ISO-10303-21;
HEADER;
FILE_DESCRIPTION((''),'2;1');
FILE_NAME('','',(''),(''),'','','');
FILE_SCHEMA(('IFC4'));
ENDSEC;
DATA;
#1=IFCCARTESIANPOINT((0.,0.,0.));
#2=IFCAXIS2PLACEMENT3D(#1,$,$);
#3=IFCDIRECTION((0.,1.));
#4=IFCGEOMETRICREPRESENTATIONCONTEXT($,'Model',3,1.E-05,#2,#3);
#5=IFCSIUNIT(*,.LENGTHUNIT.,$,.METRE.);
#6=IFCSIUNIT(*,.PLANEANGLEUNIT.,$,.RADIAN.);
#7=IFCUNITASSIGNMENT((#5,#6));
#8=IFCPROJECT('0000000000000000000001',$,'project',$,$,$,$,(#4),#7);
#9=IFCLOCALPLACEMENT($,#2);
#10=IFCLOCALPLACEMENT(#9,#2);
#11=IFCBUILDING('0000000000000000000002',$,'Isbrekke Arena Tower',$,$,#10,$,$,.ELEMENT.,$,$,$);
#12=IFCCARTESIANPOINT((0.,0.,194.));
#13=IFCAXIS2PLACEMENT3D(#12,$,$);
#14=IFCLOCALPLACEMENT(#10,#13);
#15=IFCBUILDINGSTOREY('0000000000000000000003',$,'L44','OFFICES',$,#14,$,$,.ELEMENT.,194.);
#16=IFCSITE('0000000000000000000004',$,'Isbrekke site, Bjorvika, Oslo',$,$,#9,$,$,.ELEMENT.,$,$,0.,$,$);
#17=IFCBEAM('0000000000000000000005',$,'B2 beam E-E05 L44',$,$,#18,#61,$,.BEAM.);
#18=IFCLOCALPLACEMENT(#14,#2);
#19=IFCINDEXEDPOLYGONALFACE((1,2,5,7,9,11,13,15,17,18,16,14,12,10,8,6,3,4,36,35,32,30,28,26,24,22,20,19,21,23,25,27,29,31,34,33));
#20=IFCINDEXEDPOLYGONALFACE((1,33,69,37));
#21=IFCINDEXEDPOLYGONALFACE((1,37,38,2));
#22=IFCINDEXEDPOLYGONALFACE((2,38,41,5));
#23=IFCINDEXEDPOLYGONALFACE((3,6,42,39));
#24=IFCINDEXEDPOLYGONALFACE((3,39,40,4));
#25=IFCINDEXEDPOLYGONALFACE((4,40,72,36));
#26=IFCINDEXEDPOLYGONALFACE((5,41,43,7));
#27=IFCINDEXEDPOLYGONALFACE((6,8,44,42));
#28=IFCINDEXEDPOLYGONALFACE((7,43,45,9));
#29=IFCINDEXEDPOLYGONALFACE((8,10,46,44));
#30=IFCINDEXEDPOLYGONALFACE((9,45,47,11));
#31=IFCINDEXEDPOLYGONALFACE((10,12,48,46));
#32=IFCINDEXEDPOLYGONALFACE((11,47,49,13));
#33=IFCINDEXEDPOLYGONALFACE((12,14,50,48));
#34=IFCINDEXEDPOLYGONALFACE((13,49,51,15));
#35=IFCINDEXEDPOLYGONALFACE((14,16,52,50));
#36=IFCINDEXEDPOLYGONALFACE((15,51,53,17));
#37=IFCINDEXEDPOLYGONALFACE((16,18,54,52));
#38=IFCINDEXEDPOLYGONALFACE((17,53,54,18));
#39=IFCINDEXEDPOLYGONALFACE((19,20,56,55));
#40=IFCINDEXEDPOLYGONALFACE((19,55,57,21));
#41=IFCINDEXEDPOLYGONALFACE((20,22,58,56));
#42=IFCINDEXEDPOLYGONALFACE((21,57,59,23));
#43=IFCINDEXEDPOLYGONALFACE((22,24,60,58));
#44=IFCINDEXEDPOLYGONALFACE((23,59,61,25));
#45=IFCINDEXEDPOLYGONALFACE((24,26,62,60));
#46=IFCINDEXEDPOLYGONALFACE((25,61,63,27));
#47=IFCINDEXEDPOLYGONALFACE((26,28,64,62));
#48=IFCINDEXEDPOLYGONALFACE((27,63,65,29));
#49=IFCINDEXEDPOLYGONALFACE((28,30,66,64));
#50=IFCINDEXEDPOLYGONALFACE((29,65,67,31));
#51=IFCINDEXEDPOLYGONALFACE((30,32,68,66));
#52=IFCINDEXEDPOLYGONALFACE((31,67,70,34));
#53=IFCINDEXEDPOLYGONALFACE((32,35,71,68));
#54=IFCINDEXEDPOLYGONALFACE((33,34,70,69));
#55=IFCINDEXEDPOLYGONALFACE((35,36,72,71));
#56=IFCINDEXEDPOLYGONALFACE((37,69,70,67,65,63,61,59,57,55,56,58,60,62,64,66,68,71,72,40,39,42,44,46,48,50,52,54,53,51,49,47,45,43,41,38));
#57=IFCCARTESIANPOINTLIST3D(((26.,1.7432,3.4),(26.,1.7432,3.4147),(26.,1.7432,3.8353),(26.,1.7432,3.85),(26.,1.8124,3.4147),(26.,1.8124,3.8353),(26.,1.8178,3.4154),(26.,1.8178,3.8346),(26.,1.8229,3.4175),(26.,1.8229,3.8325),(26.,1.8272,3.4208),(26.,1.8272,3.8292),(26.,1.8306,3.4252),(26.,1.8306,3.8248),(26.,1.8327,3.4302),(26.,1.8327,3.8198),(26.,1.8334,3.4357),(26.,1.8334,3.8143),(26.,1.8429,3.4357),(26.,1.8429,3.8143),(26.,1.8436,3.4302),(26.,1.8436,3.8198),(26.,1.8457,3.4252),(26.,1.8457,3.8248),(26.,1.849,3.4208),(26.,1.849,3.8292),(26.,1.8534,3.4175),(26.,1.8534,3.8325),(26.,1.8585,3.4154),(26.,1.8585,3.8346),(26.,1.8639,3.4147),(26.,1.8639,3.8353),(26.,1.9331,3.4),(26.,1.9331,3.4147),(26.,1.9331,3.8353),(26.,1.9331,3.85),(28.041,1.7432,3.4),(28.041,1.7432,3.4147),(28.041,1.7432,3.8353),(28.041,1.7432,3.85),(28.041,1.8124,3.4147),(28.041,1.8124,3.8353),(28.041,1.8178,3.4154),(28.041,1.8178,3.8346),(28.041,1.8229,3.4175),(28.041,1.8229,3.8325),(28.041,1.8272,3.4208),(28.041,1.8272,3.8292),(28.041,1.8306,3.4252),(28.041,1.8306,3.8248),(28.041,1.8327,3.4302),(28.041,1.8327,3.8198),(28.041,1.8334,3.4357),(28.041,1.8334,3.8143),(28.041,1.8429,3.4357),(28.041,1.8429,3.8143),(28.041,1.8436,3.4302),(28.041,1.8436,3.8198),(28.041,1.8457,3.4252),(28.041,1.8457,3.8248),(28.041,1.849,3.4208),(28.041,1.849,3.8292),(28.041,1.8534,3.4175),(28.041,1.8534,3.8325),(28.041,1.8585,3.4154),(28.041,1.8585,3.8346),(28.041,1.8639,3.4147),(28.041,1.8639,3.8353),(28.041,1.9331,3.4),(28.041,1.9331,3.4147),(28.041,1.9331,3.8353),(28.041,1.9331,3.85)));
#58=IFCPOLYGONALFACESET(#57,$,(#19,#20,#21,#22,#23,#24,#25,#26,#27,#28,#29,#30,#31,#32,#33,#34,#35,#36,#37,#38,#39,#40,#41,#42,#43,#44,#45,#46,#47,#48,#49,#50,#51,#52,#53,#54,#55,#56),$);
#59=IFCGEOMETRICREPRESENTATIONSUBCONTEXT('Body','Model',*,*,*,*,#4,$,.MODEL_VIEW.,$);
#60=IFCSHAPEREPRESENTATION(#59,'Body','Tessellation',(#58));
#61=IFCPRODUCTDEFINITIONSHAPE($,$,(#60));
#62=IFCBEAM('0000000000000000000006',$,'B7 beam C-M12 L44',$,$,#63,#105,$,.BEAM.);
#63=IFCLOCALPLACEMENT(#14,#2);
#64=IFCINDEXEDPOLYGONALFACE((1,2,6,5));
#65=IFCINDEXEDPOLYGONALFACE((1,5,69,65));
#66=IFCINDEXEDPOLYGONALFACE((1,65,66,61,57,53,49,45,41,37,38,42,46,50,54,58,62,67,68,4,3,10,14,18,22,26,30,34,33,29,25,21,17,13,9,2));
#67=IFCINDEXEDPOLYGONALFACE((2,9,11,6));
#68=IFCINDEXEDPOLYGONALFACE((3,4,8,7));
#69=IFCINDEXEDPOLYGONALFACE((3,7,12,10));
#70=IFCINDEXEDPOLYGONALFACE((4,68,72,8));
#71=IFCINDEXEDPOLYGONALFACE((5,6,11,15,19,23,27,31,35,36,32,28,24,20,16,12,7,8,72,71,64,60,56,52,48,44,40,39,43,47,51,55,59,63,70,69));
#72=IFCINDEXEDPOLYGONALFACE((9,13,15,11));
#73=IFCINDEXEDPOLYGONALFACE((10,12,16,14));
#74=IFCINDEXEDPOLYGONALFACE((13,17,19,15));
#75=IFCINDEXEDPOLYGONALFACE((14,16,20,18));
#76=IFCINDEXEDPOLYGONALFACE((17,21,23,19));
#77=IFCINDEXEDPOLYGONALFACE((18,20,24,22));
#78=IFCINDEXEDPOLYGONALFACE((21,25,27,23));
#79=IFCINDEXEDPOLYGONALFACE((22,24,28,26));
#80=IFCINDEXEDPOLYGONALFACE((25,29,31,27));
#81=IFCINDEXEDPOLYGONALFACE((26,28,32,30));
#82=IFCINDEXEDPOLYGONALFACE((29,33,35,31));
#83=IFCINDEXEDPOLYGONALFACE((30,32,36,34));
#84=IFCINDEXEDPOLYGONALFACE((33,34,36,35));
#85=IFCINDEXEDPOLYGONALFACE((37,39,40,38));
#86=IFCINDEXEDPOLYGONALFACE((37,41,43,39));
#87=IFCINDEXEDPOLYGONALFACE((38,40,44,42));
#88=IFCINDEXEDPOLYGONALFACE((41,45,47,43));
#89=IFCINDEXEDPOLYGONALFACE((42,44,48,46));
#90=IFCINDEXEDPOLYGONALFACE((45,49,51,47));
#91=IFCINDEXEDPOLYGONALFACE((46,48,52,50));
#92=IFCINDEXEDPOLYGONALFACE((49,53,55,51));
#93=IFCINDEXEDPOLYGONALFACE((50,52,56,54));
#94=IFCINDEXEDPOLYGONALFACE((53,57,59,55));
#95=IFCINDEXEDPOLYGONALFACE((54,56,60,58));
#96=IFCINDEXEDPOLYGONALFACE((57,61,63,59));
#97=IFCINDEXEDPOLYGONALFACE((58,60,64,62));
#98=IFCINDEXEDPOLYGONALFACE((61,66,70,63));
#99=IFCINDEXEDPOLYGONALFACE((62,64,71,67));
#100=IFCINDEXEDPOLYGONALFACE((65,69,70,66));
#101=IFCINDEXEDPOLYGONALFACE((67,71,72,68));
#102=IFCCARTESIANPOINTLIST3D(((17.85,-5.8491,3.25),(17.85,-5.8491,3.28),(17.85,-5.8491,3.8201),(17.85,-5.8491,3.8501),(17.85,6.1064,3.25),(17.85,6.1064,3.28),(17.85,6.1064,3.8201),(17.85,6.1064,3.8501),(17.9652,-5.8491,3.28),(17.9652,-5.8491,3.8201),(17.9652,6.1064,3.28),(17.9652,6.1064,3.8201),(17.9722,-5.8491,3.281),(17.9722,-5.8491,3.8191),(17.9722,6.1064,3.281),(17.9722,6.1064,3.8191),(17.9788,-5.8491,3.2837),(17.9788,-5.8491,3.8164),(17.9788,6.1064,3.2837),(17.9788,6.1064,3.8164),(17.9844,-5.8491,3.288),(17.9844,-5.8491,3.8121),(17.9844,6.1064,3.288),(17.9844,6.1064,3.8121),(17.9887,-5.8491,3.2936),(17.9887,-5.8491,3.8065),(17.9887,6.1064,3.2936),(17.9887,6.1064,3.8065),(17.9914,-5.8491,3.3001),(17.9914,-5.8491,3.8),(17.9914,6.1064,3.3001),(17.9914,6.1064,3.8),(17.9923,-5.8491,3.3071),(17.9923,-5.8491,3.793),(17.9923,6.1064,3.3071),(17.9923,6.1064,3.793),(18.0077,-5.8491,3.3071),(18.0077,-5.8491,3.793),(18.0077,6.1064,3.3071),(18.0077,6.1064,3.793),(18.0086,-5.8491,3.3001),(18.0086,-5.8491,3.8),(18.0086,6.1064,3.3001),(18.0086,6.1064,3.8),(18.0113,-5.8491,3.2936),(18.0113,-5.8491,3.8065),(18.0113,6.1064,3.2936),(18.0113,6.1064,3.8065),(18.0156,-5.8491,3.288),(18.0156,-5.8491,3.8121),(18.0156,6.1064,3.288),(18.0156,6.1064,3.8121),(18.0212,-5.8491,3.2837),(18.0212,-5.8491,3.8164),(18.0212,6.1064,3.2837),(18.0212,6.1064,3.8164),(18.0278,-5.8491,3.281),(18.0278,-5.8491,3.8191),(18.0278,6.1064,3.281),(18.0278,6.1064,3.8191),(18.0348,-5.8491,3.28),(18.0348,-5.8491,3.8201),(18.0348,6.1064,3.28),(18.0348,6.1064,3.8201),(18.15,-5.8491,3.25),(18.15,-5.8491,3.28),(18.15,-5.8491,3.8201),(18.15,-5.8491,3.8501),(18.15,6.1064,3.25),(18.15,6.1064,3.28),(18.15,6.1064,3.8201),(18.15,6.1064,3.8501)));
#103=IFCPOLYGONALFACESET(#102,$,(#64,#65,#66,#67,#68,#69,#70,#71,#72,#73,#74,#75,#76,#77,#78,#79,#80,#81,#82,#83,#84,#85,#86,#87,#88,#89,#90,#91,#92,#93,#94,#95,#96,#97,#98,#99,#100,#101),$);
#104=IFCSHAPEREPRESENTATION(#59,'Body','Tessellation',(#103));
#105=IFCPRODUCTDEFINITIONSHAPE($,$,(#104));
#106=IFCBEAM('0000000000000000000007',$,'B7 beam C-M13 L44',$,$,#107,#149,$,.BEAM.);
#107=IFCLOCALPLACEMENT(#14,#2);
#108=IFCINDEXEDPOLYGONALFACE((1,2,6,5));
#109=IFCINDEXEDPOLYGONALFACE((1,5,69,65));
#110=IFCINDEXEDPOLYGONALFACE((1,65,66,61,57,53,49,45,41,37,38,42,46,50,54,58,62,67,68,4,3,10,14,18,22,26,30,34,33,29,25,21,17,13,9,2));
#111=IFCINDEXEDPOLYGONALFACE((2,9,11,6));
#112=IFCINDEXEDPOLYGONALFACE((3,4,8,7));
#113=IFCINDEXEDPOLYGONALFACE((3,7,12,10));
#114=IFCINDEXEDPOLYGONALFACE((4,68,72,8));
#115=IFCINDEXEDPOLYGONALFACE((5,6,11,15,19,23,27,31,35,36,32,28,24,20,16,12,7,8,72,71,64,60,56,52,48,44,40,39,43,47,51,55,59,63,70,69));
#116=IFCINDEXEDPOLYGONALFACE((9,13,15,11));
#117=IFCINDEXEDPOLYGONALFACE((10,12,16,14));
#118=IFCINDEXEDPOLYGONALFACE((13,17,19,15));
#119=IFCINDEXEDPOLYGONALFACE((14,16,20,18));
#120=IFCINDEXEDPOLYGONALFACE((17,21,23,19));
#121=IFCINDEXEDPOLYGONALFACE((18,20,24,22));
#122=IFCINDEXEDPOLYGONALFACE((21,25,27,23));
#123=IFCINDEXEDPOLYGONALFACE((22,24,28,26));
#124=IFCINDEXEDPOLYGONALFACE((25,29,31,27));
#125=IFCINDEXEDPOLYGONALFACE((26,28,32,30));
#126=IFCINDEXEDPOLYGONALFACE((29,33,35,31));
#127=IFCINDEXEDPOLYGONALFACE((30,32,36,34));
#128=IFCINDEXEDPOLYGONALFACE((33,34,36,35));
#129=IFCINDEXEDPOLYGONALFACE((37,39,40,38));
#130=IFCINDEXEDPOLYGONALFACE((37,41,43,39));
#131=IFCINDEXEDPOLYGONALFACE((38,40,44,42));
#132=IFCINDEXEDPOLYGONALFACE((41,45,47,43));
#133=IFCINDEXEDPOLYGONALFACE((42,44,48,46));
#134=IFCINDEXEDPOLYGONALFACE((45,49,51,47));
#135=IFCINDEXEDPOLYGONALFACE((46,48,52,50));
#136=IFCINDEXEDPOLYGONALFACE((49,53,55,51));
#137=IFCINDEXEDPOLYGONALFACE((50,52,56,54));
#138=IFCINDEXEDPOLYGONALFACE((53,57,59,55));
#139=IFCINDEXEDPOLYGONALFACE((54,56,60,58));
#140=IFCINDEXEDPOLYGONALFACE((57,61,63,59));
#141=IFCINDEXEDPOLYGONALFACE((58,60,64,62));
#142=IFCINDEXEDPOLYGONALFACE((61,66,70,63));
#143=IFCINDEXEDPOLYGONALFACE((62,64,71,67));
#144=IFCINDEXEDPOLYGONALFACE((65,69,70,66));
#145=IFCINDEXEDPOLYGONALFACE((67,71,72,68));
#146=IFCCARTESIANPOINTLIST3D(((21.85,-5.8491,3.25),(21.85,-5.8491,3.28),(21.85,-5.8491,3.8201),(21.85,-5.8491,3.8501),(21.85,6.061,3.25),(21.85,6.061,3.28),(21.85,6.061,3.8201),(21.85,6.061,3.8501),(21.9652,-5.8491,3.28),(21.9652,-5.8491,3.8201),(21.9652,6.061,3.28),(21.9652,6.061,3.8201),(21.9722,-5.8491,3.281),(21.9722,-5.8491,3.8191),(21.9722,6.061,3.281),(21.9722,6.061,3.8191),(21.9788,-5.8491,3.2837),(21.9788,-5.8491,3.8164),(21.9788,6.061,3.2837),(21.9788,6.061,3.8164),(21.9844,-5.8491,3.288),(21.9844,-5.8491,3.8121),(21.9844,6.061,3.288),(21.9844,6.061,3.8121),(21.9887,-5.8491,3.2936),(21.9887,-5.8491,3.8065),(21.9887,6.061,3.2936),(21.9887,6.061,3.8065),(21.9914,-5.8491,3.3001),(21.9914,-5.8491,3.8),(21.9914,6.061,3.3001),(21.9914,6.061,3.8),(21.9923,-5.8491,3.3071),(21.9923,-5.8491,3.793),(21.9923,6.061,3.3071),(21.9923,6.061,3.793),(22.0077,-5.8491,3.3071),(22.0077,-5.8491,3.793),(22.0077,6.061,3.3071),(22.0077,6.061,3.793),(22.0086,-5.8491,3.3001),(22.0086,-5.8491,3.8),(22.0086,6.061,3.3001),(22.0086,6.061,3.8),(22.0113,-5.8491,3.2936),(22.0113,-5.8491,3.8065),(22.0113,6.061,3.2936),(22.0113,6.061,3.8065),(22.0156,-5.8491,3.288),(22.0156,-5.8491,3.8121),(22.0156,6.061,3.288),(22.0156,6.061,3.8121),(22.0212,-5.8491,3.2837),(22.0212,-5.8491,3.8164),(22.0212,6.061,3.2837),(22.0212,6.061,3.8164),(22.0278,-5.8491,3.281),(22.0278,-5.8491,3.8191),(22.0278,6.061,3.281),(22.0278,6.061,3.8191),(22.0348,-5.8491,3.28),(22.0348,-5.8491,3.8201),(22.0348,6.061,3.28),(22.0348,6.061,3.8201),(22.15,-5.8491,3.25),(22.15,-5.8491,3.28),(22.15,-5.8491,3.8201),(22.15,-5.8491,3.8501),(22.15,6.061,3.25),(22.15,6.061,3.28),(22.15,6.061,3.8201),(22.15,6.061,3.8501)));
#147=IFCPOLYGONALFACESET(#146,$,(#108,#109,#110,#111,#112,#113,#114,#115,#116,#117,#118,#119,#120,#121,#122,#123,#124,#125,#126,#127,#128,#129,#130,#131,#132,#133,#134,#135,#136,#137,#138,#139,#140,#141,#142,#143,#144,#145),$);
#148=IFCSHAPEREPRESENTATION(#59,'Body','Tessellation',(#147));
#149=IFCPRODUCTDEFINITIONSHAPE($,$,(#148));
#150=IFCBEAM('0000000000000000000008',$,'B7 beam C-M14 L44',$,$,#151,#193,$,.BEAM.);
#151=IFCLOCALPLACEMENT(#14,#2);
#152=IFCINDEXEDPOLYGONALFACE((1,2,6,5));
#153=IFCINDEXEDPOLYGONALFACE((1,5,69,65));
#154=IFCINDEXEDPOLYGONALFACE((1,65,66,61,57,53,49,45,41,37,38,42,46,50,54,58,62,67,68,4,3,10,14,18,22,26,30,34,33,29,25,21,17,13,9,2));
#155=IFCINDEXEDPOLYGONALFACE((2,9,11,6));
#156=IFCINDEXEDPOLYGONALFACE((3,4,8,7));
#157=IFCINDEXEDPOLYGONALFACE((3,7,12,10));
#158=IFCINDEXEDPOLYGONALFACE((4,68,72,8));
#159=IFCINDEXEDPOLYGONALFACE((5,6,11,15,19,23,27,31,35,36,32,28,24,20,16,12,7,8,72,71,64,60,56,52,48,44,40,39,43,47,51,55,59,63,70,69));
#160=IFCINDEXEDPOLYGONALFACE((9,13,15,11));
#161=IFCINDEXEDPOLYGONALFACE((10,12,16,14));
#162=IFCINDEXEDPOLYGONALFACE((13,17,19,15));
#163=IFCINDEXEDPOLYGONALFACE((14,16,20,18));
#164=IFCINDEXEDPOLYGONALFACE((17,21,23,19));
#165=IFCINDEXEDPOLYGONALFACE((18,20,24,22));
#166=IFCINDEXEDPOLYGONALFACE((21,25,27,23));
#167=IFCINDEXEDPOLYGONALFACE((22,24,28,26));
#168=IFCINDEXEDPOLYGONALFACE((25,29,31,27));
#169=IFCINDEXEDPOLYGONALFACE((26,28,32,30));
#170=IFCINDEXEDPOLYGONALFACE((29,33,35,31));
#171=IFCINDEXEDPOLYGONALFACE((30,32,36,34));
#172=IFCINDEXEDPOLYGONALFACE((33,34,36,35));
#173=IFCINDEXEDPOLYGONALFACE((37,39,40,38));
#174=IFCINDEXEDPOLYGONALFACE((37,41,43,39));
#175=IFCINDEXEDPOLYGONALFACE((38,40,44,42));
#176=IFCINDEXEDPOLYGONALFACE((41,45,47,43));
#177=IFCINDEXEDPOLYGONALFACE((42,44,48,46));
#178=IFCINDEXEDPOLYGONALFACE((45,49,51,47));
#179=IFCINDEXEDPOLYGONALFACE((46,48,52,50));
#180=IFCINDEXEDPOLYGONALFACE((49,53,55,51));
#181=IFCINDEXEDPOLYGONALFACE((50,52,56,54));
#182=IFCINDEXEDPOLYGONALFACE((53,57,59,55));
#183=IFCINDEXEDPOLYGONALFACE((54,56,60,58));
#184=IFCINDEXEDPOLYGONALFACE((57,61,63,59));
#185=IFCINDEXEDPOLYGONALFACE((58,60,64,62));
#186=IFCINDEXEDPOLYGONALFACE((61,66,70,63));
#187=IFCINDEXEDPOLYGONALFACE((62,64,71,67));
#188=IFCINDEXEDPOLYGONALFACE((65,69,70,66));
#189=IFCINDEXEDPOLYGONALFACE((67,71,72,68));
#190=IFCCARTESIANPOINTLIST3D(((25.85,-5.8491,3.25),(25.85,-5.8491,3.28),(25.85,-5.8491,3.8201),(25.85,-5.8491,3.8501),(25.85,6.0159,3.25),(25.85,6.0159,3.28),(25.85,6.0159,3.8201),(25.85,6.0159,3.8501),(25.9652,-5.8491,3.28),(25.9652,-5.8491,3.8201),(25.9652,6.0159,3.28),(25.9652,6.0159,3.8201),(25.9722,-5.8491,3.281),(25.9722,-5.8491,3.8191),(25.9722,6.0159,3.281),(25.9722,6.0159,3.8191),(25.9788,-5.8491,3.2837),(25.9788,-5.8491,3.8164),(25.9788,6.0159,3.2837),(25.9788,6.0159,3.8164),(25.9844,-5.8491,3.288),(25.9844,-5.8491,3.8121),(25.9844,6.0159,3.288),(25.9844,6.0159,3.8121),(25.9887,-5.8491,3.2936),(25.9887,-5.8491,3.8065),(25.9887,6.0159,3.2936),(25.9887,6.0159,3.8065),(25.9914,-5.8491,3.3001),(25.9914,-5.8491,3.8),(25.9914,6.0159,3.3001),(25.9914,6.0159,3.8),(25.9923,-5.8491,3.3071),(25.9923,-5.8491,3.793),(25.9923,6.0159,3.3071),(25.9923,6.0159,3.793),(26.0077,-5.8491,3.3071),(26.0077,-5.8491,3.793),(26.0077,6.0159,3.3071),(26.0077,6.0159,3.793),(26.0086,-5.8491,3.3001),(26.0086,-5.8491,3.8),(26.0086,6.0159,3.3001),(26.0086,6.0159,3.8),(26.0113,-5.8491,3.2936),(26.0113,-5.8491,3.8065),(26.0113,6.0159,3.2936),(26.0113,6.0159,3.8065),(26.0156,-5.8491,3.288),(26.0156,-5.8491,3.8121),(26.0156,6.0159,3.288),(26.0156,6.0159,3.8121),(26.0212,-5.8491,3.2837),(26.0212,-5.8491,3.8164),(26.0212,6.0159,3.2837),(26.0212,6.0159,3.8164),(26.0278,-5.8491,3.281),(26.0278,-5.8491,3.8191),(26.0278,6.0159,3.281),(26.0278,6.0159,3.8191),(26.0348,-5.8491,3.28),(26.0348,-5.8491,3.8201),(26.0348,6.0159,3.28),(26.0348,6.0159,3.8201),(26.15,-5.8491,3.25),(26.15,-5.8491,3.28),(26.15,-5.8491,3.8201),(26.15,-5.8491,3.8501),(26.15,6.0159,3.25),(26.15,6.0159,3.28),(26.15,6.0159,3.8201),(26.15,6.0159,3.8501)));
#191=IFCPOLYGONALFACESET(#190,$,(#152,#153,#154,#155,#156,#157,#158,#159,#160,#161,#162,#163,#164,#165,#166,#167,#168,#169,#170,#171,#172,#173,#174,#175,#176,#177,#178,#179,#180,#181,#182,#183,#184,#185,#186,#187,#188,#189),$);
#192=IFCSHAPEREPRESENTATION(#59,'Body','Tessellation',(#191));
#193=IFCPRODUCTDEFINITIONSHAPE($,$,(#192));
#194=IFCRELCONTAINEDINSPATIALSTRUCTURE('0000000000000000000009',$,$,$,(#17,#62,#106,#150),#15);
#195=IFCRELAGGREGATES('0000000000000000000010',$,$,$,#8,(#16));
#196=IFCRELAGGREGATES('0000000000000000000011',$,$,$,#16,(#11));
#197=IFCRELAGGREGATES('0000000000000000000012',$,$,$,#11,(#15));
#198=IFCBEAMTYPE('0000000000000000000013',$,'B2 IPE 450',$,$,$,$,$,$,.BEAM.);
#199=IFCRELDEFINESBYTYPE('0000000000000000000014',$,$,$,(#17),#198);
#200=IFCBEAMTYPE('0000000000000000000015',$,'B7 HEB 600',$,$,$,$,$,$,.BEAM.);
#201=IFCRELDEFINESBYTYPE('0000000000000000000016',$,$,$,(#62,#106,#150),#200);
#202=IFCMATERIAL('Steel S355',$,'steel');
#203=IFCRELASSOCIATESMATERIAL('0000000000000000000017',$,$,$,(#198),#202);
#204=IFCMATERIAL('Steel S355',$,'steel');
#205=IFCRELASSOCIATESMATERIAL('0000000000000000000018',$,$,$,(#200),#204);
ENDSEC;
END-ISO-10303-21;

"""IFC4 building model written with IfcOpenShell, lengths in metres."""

from ifc_helpers import new_model, si_unit, direction, frame, origin, origin_2d, place, context, subcontext, project, spatial, i_section, extrude, material, material_profile, profile_set, type_object, element, save


model = new_model("IFC4")

# Units and contexts
model_context = context("Model", 3, precision=1e-05, world=origin(), true_north=direction((0.0, 1.0)))
body_context = subcontext(model_context, "Body", "Model", "MODEL_VIEW")
ifc_project = project(units=[si_unit("LENGTHUNIT", "METRE"), si_unit("PLANEANGLEUNIT", "RADIAN")], contexts=[model_context])

# Site, building, storey
site_placement = place(None, origin())
site = spatial("IfcSite", under=ifc_project, at=site_placement, Name="Isbrekke site, Bjorvika, Oslo", CompositionType="ELEMENT", RefElevation=0.0)
building_placement = place(site_placement, origin())
building = spatial("IfcBuilding", under=site, at=building_placement, Name="Isbrekke Arena Tower", CompositionType="ELEMENT")
storey_placement = place(building_placement, frame((0.0, 0.0, 194.0)))
storey = spatial("IfcBuildingStorey", under=building, at=storey_placement, Name="L44", Description="OFFICES", CompositionType="ELEMENT", Elevation=194.0)

# Beams
ifc_material_1 = material(Name="Steel S355", Category="steel")
ifc_material_profile_1 = material_profile(ifc_material_1, i_section(OverallWidth=0.1899, OverallDepth=0.45, WebThickness=0.0095, FlangeThickness=0.0146, FilletRadius=0.021, at=origin_2d()), Name="IPE 450")
ifc_profile_set_1 = profile_set([ifc_material_profile_1], Name="Steel S355")
beam_type_1 = type_object("IfcBeamType", Name="B2 IPE 450", PredefinedType="BEAM", material=ifc_profile_set_1)
beam_1_placement = place(storey_placement, frame((28.041, 1.8381, 3.625), z_axis=(-1.0, 0.0, 0.0), x_axis=(0.0, -1.0, 0.0)))
element("IfcBeam", 1, at=beam_1_placement, inside=storey, type_object=beam_type_1, Name="B2 beam E-E05 L44", PredefinedType="BEAM", context=body_context, shape_type="SweptSolid", body=[
    extrude(i_section(OverallWidth=0.1899, OverallDepth=0.45, WebThickness=0.0095, FlangeThickness=0.0146, FilletRadius=0.021, at=origin_2d()), origin(), (0.0, 0.0, 1.0), 2.041),
])
ifc_material_2 = material(Name="Steel S355", Category="steel")
ifc_material_profile_2 = material_profile(ifc_material_2, i_section(OverallWidth=0.3, OverallDepth=0.6001, WebThickness=0.0154, FlangeThickness=0.03, FilletRadius=0.0271, at=origin_2d()), Name="HEB 600")
ifc_profile_set_2 = profile_set([ifc_material_profile_2], Name="Steel S355")
beam_type_2 = type_object("IfcBeamType", Name="B7 HEB 600", PredefinedType="BEAM", material=ifc_profile_set_2)
beam_2_placement = place(storey_placement, frame((18.0, -5.8491, 3.55), z_axis=(0.0, 1.0, 0.0), x_axis=(-1.0, 0.0, 0.0)))
element("IfcBeam", 2, at=beam_2_placement, inside=storey, type_object=beam_type_2, Name="B7 beam C-M12 L44", PredefinedType="BEAM", context=body_context, shape_type="SweptSolid", body=[
    extrude(i_section(OverallWidth=0.3, OverallDepth=0.6001, WebThickness=0.0154, FlangeThickness=0.03, FilletRadius=0.0271, at=origin_2d()), origin(), (0.0, 0.0, 1.0), 11.9556),
])
beam_3_placement = place(storey_placement, frame((22.0, -5.8491, 3.55), z_axis=(0.0, 1.0, 0.0), x_axis=(-1.0, 0.0, 0.0)))
element("IfcBeam", 3, at=beam_3_placement, inside=storey, type_object=beam_type_2, Name="B7 beam C-M13 L44", PredefinedType="BEAM", context=body_context, shape_type="SweptSolid", body=[
    extrude(i_section(OverallWidth=0.3, OverallDepth=0.6001, WebThickness=0.0154, FlangeThickness=0.03, FilletRadius=0.0271, at=origin_2d()), origin(), (0.0, 0.0, 1.0), 11.9102),
])
beam_4_placement = place(storey_placement, frame((26.0, -5.8491, 3.55), z_axis=(0.0, 1.0, 0.0), x_axis=(-1.0, 0.0, 0.0)))
element("IfcBeam", 4, at=beam_4_placement, inside=storey, type_object=beam_type_2, Name="B7 beam C-M14 L44", PredefinedType="BEAM", context=body_context, shape_type="SweptSolid", body=[
    extrude(i_section(OverallWidth=0.3, OverallDepth=0.6001, WebThickness=0.0154, FlangeThickness=0.03, FilletRadius=0.0271, at=origin_2d()), origin(), (0.0, 0.0, 1.0), 11.865),
])

save(model, "model.ifc")
